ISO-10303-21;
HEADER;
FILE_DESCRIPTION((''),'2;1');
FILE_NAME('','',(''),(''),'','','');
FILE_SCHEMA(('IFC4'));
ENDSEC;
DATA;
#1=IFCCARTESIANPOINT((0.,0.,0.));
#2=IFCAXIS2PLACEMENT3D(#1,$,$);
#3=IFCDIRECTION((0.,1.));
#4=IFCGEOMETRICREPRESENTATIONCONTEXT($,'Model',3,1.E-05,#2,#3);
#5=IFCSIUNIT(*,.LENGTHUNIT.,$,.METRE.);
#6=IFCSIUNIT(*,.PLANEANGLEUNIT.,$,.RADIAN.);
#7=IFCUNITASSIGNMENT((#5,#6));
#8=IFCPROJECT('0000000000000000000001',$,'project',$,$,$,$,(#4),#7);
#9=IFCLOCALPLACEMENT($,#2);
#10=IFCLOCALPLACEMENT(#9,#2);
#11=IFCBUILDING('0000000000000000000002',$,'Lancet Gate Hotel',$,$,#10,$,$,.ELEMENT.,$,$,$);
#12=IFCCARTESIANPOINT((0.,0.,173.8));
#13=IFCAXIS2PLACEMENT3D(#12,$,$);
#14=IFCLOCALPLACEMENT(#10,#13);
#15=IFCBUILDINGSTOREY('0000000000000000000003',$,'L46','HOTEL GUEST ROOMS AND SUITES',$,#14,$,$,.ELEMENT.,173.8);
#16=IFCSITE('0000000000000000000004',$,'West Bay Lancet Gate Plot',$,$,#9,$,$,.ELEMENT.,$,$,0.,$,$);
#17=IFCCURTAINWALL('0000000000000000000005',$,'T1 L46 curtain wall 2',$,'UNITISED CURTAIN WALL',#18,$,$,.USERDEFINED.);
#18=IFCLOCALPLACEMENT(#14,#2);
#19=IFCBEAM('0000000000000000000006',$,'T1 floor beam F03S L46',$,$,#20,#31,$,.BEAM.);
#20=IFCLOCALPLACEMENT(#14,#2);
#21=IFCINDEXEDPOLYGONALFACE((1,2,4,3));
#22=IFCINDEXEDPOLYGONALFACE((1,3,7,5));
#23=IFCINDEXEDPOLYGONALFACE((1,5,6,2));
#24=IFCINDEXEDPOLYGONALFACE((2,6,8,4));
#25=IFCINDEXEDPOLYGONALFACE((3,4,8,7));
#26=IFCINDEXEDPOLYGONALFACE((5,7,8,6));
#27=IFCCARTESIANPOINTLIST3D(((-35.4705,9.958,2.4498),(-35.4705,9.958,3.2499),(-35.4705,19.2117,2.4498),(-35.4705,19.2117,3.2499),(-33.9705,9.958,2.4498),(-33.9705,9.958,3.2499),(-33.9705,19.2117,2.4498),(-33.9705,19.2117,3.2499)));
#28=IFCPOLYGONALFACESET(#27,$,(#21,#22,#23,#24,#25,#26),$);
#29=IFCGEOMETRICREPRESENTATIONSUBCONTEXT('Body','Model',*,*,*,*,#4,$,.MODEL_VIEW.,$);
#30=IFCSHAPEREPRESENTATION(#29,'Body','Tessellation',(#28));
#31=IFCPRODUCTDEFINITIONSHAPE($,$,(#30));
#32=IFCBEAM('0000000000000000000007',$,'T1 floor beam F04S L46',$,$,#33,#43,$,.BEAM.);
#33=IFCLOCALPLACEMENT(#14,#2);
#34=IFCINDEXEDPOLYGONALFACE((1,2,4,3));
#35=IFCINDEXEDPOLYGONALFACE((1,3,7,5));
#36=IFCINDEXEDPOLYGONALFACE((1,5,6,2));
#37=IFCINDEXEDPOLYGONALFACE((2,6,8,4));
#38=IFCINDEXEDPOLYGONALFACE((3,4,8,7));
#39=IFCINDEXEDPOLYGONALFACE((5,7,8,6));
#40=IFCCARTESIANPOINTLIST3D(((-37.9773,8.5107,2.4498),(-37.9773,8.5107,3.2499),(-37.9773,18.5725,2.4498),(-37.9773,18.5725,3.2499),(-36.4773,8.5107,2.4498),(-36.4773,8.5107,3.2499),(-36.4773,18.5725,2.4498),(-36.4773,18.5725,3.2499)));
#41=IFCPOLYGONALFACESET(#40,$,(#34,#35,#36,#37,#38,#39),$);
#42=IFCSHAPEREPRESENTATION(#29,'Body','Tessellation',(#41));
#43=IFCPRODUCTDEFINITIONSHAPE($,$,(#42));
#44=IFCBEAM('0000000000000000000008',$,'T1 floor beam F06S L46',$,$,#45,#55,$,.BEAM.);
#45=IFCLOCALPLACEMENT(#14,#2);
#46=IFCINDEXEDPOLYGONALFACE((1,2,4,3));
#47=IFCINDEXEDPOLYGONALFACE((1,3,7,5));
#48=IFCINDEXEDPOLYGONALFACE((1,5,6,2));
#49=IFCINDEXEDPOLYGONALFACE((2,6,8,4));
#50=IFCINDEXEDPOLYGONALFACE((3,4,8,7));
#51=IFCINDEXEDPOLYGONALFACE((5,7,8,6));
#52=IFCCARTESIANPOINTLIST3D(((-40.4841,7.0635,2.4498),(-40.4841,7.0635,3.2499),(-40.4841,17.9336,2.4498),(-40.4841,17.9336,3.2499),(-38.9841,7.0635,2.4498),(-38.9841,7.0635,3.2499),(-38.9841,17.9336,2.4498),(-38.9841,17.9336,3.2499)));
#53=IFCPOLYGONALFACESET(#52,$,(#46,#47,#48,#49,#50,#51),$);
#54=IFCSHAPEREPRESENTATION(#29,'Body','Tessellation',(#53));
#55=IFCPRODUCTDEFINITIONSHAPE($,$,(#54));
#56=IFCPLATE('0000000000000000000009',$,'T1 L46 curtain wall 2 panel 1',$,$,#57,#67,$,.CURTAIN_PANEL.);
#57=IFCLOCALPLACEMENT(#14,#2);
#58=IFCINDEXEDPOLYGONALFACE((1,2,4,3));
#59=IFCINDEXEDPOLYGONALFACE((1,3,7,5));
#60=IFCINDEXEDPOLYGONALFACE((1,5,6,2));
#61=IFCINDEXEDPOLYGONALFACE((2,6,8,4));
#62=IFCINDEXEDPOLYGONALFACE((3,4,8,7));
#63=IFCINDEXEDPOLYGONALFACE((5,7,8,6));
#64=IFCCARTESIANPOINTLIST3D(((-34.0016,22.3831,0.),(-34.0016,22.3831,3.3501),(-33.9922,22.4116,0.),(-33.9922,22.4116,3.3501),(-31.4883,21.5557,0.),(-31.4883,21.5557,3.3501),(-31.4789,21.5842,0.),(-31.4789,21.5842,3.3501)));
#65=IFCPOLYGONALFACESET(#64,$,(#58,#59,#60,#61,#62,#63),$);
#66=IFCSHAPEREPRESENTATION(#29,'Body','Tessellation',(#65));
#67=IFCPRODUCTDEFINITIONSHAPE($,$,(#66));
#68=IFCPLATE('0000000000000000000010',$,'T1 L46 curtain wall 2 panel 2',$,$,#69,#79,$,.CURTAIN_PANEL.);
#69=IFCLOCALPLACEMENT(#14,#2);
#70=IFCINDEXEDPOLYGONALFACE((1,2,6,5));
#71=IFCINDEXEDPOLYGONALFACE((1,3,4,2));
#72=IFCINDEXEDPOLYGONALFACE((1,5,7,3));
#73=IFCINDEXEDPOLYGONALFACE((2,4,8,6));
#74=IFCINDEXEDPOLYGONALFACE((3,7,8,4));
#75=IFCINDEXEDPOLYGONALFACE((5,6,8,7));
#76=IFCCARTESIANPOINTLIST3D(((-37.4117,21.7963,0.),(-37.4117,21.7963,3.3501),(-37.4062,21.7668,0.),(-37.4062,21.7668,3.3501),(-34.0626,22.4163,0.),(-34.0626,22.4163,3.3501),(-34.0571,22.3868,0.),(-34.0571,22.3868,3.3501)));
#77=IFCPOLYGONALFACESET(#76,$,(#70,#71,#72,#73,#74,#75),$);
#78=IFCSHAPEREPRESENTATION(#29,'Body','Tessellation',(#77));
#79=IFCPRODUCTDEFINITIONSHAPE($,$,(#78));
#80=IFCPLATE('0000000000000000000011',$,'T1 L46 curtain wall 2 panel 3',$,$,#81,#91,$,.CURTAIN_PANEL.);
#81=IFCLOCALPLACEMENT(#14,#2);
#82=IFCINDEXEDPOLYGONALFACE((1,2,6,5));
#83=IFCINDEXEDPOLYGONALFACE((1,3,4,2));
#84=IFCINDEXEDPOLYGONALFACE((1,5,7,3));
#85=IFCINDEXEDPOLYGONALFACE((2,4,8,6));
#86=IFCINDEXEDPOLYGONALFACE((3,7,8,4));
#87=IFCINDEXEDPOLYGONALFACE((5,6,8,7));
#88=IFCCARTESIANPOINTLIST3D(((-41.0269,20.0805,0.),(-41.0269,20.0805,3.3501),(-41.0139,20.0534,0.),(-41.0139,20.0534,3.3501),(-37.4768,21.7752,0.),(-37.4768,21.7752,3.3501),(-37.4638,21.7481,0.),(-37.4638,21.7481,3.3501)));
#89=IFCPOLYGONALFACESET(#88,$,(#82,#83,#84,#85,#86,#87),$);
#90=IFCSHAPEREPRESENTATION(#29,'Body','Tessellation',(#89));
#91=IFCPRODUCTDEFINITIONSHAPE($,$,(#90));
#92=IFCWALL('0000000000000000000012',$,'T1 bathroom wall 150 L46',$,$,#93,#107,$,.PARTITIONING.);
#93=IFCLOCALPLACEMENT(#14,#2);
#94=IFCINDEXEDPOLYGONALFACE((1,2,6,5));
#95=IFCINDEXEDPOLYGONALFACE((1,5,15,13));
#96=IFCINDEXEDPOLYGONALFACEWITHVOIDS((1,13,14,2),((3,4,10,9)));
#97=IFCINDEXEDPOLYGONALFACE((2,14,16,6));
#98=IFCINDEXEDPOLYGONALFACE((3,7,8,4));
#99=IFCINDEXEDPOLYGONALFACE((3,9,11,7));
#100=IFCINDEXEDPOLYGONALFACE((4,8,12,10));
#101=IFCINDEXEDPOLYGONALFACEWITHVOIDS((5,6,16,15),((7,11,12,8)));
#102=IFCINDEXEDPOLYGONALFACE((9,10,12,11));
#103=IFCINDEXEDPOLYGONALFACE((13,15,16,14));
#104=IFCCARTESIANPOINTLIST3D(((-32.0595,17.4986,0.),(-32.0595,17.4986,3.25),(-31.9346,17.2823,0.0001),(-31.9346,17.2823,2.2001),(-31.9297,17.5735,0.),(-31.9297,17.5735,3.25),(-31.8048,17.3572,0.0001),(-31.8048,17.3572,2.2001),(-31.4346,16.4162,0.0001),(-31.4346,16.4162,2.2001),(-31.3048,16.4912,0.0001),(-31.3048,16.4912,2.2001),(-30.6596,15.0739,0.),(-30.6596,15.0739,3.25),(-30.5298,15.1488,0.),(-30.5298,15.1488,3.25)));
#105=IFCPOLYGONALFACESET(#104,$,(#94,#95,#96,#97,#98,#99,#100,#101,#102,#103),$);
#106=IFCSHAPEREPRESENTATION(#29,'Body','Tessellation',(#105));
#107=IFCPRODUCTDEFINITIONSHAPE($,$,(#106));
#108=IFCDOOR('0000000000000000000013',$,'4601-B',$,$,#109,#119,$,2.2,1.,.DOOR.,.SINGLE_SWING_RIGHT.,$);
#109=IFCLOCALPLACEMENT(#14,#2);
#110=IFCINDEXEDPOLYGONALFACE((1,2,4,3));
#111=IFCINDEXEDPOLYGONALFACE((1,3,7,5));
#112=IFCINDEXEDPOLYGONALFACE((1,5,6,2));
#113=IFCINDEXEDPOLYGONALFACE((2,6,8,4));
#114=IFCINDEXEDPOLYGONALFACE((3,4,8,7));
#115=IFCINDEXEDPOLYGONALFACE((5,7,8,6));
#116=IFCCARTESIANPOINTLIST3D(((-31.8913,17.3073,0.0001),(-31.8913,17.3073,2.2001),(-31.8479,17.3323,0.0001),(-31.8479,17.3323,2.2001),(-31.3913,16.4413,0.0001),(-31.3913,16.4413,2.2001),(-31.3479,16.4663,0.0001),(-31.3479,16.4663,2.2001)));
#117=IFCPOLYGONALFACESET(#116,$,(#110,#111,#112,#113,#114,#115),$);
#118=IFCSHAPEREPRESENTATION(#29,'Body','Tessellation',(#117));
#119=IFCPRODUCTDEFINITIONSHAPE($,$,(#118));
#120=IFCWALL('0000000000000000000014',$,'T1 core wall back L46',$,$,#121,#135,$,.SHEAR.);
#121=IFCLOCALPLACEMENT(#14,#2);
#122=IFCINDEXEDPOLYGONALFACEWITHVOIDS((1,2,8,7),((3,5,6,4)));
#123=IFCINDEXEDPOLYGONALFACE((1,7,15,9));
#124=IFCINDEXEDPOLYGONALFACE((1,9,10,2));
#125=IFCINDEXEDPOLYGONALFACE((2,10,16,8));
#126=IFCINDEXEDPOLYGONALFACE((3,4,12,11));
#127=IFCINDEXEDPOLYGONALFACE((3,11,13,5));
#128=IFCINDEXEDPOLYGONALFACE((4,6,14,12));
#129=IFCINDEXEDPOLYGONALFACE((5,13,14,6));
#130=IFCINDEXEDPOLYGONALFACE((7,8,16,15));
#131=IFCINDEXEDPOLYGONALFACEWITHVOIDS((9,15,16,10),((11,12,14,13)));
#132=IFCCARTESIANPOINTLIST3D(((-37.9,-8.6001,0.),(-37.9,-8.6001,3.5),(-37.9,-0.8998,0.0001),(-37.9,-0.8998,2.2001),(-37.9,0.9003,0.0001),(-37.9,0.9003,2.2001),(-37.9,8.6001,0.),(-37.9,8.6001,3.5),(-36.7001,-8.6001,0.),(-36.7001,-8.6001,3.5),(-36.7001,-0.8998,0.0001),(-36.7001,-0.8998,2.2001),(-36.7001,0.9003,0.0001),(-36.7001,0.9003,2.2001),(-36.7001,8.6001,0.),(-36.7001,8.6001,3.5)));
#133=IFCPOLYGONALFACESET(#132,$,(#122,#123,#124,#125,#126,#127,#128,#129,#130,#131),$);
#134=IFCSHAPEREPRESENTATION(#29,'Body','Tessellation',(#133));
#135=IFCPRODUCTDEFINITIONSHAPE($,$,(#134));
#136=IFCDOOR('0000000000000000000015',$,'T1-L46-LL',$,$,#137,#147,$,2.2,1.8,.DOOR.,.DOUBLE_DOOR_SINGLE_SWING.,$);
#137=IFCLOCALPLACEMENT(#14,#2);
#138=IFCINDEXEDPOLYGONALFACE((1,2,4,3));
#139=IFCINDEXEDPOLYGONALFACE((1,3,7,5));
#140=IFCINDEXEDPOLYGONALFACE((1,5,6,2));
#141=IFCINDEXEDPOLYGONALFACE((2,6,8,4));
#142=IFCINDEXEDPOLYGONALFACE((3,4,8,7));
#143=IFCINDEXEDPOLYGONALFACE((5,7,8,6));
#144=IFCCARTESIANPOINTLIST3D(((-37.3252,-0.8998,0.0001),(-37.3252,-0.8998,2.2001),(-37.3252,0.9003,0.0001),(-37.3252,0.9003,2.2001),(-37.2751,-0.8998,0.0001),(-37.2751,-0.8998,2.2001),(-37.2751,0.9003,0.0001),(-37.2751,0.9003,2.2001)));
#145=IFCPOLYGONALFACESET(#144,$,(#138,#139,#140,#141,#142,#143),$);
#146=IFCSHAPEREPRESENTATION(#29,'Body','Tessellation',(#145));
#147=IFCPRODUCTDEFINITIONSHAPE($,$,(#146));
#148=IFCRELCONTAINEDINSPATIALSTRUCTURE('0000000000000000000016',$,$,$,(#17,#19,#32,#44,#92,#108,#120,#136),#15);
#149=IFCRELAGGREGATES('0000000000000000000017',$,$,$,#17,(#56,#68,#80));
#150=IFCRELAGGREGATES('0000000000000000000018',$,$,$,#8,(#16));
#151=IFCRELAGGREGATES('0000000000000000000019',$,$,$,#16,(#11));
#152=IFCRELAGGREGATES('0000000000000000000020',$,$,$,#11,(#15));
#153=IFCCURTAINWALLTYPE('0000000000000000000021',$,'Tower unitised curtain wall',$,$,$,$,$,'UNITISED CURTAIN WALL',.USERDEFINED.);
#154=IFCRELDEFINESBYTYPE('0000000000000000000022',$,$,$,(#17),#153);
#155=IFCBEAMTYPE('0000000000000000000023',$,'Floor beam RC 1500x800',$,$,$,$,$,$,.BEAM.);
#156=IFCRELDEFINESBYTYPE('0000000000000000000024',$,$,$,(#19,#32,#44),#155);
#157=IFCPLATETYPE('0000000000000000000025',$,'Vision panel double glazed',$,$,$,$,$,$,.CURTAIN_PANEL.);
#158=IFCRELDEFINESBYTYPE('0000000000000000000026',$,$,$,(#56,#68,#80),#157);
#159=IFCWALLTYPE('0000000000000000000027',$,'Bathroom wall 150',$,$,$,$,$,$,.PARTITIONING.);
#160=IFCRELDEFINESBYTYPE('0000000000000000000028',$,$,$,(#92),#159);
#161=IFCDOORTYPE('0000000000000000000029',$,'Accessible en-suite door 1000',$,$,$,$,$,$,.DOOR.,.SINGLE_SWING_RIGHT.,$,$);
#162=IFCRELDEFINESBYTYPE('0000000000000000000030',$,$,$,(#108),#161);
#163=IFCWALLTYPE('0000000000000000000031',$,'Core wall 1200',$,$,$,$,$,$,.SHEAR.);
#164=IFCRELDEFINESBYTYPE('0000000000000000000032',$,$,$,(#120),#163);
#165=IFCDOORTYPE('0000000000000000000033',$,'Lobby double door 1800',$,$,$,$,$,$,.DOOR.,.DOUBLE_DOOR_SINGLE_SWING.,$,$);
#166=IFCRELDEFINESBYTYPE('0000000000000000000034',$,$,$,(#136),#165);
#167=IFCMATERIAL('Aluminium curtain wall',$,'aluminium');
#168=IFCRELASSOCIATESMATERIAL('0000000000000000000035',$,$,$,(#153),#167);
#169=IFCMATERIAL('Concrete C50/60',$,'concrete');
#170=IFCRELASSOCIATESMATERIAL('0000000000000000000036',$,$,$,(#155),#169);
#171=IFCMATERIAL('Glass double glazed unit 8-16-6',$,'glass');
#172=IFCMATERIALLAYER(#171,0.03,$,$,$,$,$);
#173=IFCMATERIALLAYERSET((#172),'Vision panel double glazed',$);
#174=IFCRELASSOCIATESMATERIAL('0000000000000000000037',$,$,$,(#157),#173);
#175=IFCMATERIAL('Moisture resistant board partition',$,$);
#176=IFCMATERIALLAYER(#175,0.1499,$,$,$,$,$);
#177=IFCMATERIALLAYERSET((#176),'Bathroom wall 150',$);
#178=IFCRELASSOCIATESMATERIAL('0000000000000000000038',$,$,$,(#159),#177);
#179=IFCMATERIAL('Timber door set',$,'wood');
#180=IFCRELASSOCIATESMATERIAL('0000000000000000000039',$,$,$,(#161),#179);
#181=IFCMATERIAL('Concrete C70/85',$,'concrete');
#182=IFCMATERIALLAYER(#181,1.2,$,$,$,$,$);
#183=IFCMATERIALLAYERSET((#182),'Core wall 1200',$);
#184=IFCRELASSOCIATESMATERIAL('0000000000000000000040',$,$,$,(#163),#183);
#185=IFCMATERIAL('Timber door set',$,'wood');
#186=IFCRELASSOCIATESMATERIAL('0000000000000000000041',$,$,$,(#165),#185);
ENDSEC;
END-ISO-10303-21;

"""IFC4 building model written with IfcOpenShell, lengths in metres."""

from ifc_helpers import new_model, si_unit, direction, frame, frame_2d, origin, origin_2d, place, context, subcontext, project, spatial, rectangle, extrude, material, layer, layer_set, material_profile, profile_set, type_object, element, fill, aggregate, save


model = new_model("IFC4")

# Units and contexts
model_context = context("Model", 3, precision=1e-05, world=origin(), true_north=direction((0.0, 1.0)))
body_context = subcontext(model_context, "Body", "Model", "MODEL_VIEW")
ifc_project = project(units=[si_unit("LENGTHUNIT", "METRE"), si_unit("PLANEANGLEUNIT", "RADIAN")], contexts=[model_context])

# Site, building, storey
site_placement = place(None, origin())
site = spatial("IfcSite", under=ifc_project, at=site_placement, Name="West Bay Lancet Gate Plot", CompositionType="ELEMENT", RefElevation=0.0)
building_placement = place(site_placement, origin())
building = spatial("IfcBuilding", under=site, at=building_placement, Name="Lancet Gate Hotel", CompositionType="ELEMENT")
storey_placement = place(building_placement, frame((0.0, 0.0, 173.8)))
storey = spatial("IfcBuildingStorey", under=building, at=storey_placement, Name="L46", Description="HOTEL GUEST ROOMS AND SUITES", CompositionType="ELEMENT", Elevation=173.8)

# Shared definitions
ifc_material_1 = material(Name="Aluminium curtain wall", Category="aluminium")
curtain_wall_type = type_object("IfcCurtainWallType", Name="Tower unitised curtain wall", ElementType="UNITISED CURTAIN WALL", PredefinedType="USERDEFINED", material=ifc_material_1)

# Curtain wall
curtain_wall_1_placement = place(storey_placement, origin())
curtain_wall_1 = element("IfcCurtainWall", 1, at=curtain_wall_1_placement, inside=storey, type_object=curtain_wall_type, Name="T1 L46 curtain wall 2", ObjectType="UNITISED CURTAIN WALL", PredefinedType="USERDEFINED")

# Beams
ifc_material_2 = material(Name="Concrete C50/60", Category="concrete")
ifc_material_profile_1 = material_profile(ifc_material_2, rectangle(XDim=1.5, YDim=0.8, at=origin_2d()), Name="RC 1500x800")
ifc_profile_set_1 = profile_set([ifc_material_profile_1], Name="Concrete C50/60")
beam_type_1 = type_object("IfcBeamType", Name="Floor beam RC 1500x800", PredefinedType="BEAM", material=ifc_profile_set_1)
beam_1_placement = place(storey_placement, frame((-34.7205, 19.2117, 2.8499), z_axis=(0.0, -1.0, 0.0), x_axis=(1.0, 0.0, 0.0)))
element("IfcBeam", 2, at=beam_1_placement, inside=storey, type_object=beam_type_1, Name="T1 floor beam F03S L46", PredefinedType="BEAM", context=body_context, shape_type="SweptSolid", body=[
    extrude(rectangle(XDim=1.5, YDim=0.8, at=origin_2d()), origin(), (0.0, 0.0, 1.0), 9.2537),
])
beam_2_placement = place(storey_placement, frame((-37.2273, 18.5725, 2.8499), z_axis=(0.0, -1.0, 0.0), x_axis=(1.0, 0.0, 0.0)))
element("IfcBeam", 3, at=beam_2_placement, inside=storey, type_object=beam_type_1, Name="T1 floor beam F04S L46", PredefinedType="BEAM", context=body_context, shape_type="SweptSolid", body=[
    extrude(rectangle(XDim=1.5, YDim=0.8, at=origin_2d()), origin(), (0.0, 0.0, 1.0), 10.0618),
])
beam_3_placement = place(storey_placement, frame((-39.7341, 17.9336, 2.8499), z_axis=(0.0, -1.0, 0.0), x_axis=(1.0, 0.0, 0.0)))
element("IfcBeam", 4, at=beam_3_placement, inside=storey, type_object=beam_type_1, Name="T1 floor beam F06S L46", PredefinedType="BEAM", context=body_context, shape_type="SweptSolid", body=[
    extrude(rectangle(XDim=1.5, YDim=0.8, at=origin_2d()), origin(), (0.0, 0.0, 1.0), 10.8701),
])

# Plates
ifc_material_3 = material(Name="Glass double glazed unit 8-16-6", Category="glass")
ifc_layer_1 = layer(ifc_material_3, 0.03)
ifc_layer_set_1 = layer_set([ifc_layer_1], Name="Vision panel double glazed")
plate_type = type_object("IfcPlateType", Name="Vision panel double glazed", PredefinedType="CURTAIN_PANEL", material=ifc_layer_set_1)
plate_1_placement = place(storey_placement, frame((-32.7402, 21.9836, 0.0), z_axis=(0.0, 0.0, 1.0), x_axis=(-0.949848, 0.312712, 0.0)))
plate_1 = element("IfcPlate", 5, at=plate_1_placement, type_object=plate_type, Name="T1 L46 curtain wall 2 panel 1", PredefinedType="CURTAIN_PANEL", context=body_context, shape_type="SweptSolid", body=[
    extrude(rectangle(XDim=2.646, YDim=0.03, at=origin_2d()), origin(), (0.0, 0.0, 1.0), 3.3501),
])
plate_2_placement = place(storey_placement, frame((-35.7344, 22.0916, 0.0), z_axis=(0.0, 0.0, 1.0), x_axis=(-0.983292, -0.182033, 0.0)))
plate_2 = element("IfcPlate", 6, at=plate_2_placement, type_object=plate_type, Name="T1 L46 curtain wall 2 panel 2", PredefinedType="CURTAIN_PANEL", context=body_context, shape_type="SweptSolid", body=[
    extrude(rectangle(XDim=3.406, YDim=0.03, at=origin_2d()), origin(), (0.0, 0.0, 1.0), 3.3501),
])
plate_3_placement = place(storey_placement, frame((-39.2454, 20.9143, 0.0), z_axis=(0.0, 0.0, 1.0), x_axis=(-0.902454, -0.430787, 0.0)))
plate_3 = element("IfcPlate", 7, at=plate_3_placement, type_object=plate_type, Name="T1 L46 curtain wall 2 panel 3", PredefinedType="CURTAIN_PANEL", context=body_context, shape_type="SweptSolid", body=[
    extrude(rectangle(XDim=3.9338, YDim=0.03, at=origin_2d()), origin(), (0.0, 0.0, 1.0), 3.3501),
])
aggregate(curtain_wall_1, [plate_1, plate_2, plate_3])

# Walls, openings, doors
ifc_material_4 = material(Name="Moisture resistant board partition")
ifc_layer_2 = layer(ifc_material_4, 0.1499)
ifc_layer_set_2 = layer_set([ifc_layer_2], Name="Bathroom wall 150")
wall_type_1 = type_object("IfcWallType", Name="Bathroom wall 150", PredefinedType="PARTITIONING", material=ifc_layer_set_2)
wall_1_placement = place(storey_placement, frame((-30.5947, 15.1113, 0.0), z_axis=(0.0, 0.0, 1.0), x_axis=(-0.499984, 0.866035, 0.0)))
wall_1 = element("IfcWall", 8, at=wall_1_placement, inside=storey, type_object=wall_type_1, Name="T1 bathroom wall 150 L46", PredefinedType="PARTITIONING", context=body_context, shape_type="SweptSolid", body=[
    extrude(rectangle(XDim=2.7998, YDim=0.1499, at=frame_2d((1.3999, 0.0))), origin(), (0.0, 0.0, 1.0), 3.25),
])
opening_1_placement = place(wall_1_placement, frame((1.55, 0.0, 0.0)))
opening_1 = element("IfcOpeningElement", 9, at=opening_1_placement, cuts=wall_1, PredefinedType="OPENING", context=body_context, shape_type="SweptSolid", body=[
    extrude(rectangle(XDim=1.0, YDim=2.2, at=frame_2d((0.5, 1.1001))), frame((0.0, 0.085, 0.0), z_axis=(0.0, -1.0, 0.0), x_axis=(1.0, 0.0, 0.0)), (0.0, 0.0, 1.0), 0.1699),
])
ifc_material_5 = material(Name="Timber door set", Category="wood")
door_type_1 = type_object("IfcDoorType", Name="Accessible en-suite door 1000", OperationType="SINGLE_SWING_RIGHT", PredefinedType="DOOR", material=ifc_material_5)
door_1_placement = place(opening_1_placement, origin())
door_1 = element("IfcDoor", 10, at=door_1_placement, inside=storey, type_object=door_type_1, Name="4601-B", OperationType="SINGLE_SWING_RIGHT", OverallHeight=2.2, OverallWidth=1.0, PredefinedType="DOOR", context=body_context, shape_type="SweptSolid", body=[
    extrude(rectangle(XDim=1.0, YDim=2.2, at=frame_2d((0.5, 1.1001))), frame((0.0, 0.0249, 0.0), z_axis=(0.0, -1.0, 0.0), x_axis=(1.0, 0.0, 0.0)), (0.0, 0.0, 1.0), 0.05),
])
fill(opening_1, door_1)
ifc_material_6 = material(Name="Concrete C70/85", Category="concrete")
ifc_layer_3 = layer(ifc_material_6, 1.2)
ifc_layer_set_3 = layer_set([ifc_layer_3], Name="Core wall 1200")
wall_type_2 = type_object("IfcWallType", Name="Core wall 1200", PredefinedType="SHEAR", material=ifc_layer_set_3)
wall_2_placement = place(storey_placement, frame((-37.3, 8.6001, 0.0), z_axis=(0.0, 0.0, 1.0), x_axis=(0.0, -1.0, 0.0)))
wall_2 = element("IfcWall", 11, at=wall_2_placement, inside=storey, type_object=wall_type_2, Name="T1 core wall back L46", PredefinedType="SHEAR", context=body_context, shape_type="SweptSolid", body=[
    extrude(rectangle(XDim=17.2002, YDim=1.2, at=frame_2d((8.6001, 0.0))), origin(), (0.0, 0.0, 1.0), 3.5),
])
opening_2_placement = place(wall_2_placement, frame((7.7, 0.0, 0.0)))
opening_2 = element("IfcOpeningElement", 12, at=opening_2_placement, cuts=wall_2, PredefinedType="OPENING", context=body_context, shape_type="SweptSolid", body=[
    extrude(rectangle(XDim=1.8, YDim=2.2, at=frame_2d((0.8999, 1.1001))), frame((0.0, 0.6099, 0.0), z_axis=(0.0, -1.0, 0.0), x_axis=(1.0, 0.0, 0.0)), (0.0, 0.0, 1.0), 1.22),
])
ifc_material_7 = material(Name="Timber door set", Category="wood")
door_type_2 = type_object("IfcDoorType", Name="Lobby double door 1800", OperationType="DOUBLE_DOOR_SINGLE_SWING", PredefinedType="DOOR", material=ifc_material_7)
door_2_placement = place(opening_2_placement, origin())
door_2 = element("IfcDoor", 13, at=door_2_placement, inside=storey, type_object=door_type_2, Name="T1-L46-LL", OperationType="DOUBLE_DOOR_SINGLE_SWING", OverallHeight=2.2, OverallWidth=1.8, PredefinedType="DOOR", context=body_context, shape_type="SweptSolid", body=[
    extrude(rectangle(XDim=1.8, YDim=2.2, at=frame_2d((0.8999, 1.1001))), frame((0.0, 0.0249, 0.0), z_axis=(0.0, -1.0, 0.0), x_axis=(1.0, 0.0, 0.0)), (0.0, 0.0, 1.0), 0.05),
])
fill(opening_2, door_2)

save(model, "model.ifc")
